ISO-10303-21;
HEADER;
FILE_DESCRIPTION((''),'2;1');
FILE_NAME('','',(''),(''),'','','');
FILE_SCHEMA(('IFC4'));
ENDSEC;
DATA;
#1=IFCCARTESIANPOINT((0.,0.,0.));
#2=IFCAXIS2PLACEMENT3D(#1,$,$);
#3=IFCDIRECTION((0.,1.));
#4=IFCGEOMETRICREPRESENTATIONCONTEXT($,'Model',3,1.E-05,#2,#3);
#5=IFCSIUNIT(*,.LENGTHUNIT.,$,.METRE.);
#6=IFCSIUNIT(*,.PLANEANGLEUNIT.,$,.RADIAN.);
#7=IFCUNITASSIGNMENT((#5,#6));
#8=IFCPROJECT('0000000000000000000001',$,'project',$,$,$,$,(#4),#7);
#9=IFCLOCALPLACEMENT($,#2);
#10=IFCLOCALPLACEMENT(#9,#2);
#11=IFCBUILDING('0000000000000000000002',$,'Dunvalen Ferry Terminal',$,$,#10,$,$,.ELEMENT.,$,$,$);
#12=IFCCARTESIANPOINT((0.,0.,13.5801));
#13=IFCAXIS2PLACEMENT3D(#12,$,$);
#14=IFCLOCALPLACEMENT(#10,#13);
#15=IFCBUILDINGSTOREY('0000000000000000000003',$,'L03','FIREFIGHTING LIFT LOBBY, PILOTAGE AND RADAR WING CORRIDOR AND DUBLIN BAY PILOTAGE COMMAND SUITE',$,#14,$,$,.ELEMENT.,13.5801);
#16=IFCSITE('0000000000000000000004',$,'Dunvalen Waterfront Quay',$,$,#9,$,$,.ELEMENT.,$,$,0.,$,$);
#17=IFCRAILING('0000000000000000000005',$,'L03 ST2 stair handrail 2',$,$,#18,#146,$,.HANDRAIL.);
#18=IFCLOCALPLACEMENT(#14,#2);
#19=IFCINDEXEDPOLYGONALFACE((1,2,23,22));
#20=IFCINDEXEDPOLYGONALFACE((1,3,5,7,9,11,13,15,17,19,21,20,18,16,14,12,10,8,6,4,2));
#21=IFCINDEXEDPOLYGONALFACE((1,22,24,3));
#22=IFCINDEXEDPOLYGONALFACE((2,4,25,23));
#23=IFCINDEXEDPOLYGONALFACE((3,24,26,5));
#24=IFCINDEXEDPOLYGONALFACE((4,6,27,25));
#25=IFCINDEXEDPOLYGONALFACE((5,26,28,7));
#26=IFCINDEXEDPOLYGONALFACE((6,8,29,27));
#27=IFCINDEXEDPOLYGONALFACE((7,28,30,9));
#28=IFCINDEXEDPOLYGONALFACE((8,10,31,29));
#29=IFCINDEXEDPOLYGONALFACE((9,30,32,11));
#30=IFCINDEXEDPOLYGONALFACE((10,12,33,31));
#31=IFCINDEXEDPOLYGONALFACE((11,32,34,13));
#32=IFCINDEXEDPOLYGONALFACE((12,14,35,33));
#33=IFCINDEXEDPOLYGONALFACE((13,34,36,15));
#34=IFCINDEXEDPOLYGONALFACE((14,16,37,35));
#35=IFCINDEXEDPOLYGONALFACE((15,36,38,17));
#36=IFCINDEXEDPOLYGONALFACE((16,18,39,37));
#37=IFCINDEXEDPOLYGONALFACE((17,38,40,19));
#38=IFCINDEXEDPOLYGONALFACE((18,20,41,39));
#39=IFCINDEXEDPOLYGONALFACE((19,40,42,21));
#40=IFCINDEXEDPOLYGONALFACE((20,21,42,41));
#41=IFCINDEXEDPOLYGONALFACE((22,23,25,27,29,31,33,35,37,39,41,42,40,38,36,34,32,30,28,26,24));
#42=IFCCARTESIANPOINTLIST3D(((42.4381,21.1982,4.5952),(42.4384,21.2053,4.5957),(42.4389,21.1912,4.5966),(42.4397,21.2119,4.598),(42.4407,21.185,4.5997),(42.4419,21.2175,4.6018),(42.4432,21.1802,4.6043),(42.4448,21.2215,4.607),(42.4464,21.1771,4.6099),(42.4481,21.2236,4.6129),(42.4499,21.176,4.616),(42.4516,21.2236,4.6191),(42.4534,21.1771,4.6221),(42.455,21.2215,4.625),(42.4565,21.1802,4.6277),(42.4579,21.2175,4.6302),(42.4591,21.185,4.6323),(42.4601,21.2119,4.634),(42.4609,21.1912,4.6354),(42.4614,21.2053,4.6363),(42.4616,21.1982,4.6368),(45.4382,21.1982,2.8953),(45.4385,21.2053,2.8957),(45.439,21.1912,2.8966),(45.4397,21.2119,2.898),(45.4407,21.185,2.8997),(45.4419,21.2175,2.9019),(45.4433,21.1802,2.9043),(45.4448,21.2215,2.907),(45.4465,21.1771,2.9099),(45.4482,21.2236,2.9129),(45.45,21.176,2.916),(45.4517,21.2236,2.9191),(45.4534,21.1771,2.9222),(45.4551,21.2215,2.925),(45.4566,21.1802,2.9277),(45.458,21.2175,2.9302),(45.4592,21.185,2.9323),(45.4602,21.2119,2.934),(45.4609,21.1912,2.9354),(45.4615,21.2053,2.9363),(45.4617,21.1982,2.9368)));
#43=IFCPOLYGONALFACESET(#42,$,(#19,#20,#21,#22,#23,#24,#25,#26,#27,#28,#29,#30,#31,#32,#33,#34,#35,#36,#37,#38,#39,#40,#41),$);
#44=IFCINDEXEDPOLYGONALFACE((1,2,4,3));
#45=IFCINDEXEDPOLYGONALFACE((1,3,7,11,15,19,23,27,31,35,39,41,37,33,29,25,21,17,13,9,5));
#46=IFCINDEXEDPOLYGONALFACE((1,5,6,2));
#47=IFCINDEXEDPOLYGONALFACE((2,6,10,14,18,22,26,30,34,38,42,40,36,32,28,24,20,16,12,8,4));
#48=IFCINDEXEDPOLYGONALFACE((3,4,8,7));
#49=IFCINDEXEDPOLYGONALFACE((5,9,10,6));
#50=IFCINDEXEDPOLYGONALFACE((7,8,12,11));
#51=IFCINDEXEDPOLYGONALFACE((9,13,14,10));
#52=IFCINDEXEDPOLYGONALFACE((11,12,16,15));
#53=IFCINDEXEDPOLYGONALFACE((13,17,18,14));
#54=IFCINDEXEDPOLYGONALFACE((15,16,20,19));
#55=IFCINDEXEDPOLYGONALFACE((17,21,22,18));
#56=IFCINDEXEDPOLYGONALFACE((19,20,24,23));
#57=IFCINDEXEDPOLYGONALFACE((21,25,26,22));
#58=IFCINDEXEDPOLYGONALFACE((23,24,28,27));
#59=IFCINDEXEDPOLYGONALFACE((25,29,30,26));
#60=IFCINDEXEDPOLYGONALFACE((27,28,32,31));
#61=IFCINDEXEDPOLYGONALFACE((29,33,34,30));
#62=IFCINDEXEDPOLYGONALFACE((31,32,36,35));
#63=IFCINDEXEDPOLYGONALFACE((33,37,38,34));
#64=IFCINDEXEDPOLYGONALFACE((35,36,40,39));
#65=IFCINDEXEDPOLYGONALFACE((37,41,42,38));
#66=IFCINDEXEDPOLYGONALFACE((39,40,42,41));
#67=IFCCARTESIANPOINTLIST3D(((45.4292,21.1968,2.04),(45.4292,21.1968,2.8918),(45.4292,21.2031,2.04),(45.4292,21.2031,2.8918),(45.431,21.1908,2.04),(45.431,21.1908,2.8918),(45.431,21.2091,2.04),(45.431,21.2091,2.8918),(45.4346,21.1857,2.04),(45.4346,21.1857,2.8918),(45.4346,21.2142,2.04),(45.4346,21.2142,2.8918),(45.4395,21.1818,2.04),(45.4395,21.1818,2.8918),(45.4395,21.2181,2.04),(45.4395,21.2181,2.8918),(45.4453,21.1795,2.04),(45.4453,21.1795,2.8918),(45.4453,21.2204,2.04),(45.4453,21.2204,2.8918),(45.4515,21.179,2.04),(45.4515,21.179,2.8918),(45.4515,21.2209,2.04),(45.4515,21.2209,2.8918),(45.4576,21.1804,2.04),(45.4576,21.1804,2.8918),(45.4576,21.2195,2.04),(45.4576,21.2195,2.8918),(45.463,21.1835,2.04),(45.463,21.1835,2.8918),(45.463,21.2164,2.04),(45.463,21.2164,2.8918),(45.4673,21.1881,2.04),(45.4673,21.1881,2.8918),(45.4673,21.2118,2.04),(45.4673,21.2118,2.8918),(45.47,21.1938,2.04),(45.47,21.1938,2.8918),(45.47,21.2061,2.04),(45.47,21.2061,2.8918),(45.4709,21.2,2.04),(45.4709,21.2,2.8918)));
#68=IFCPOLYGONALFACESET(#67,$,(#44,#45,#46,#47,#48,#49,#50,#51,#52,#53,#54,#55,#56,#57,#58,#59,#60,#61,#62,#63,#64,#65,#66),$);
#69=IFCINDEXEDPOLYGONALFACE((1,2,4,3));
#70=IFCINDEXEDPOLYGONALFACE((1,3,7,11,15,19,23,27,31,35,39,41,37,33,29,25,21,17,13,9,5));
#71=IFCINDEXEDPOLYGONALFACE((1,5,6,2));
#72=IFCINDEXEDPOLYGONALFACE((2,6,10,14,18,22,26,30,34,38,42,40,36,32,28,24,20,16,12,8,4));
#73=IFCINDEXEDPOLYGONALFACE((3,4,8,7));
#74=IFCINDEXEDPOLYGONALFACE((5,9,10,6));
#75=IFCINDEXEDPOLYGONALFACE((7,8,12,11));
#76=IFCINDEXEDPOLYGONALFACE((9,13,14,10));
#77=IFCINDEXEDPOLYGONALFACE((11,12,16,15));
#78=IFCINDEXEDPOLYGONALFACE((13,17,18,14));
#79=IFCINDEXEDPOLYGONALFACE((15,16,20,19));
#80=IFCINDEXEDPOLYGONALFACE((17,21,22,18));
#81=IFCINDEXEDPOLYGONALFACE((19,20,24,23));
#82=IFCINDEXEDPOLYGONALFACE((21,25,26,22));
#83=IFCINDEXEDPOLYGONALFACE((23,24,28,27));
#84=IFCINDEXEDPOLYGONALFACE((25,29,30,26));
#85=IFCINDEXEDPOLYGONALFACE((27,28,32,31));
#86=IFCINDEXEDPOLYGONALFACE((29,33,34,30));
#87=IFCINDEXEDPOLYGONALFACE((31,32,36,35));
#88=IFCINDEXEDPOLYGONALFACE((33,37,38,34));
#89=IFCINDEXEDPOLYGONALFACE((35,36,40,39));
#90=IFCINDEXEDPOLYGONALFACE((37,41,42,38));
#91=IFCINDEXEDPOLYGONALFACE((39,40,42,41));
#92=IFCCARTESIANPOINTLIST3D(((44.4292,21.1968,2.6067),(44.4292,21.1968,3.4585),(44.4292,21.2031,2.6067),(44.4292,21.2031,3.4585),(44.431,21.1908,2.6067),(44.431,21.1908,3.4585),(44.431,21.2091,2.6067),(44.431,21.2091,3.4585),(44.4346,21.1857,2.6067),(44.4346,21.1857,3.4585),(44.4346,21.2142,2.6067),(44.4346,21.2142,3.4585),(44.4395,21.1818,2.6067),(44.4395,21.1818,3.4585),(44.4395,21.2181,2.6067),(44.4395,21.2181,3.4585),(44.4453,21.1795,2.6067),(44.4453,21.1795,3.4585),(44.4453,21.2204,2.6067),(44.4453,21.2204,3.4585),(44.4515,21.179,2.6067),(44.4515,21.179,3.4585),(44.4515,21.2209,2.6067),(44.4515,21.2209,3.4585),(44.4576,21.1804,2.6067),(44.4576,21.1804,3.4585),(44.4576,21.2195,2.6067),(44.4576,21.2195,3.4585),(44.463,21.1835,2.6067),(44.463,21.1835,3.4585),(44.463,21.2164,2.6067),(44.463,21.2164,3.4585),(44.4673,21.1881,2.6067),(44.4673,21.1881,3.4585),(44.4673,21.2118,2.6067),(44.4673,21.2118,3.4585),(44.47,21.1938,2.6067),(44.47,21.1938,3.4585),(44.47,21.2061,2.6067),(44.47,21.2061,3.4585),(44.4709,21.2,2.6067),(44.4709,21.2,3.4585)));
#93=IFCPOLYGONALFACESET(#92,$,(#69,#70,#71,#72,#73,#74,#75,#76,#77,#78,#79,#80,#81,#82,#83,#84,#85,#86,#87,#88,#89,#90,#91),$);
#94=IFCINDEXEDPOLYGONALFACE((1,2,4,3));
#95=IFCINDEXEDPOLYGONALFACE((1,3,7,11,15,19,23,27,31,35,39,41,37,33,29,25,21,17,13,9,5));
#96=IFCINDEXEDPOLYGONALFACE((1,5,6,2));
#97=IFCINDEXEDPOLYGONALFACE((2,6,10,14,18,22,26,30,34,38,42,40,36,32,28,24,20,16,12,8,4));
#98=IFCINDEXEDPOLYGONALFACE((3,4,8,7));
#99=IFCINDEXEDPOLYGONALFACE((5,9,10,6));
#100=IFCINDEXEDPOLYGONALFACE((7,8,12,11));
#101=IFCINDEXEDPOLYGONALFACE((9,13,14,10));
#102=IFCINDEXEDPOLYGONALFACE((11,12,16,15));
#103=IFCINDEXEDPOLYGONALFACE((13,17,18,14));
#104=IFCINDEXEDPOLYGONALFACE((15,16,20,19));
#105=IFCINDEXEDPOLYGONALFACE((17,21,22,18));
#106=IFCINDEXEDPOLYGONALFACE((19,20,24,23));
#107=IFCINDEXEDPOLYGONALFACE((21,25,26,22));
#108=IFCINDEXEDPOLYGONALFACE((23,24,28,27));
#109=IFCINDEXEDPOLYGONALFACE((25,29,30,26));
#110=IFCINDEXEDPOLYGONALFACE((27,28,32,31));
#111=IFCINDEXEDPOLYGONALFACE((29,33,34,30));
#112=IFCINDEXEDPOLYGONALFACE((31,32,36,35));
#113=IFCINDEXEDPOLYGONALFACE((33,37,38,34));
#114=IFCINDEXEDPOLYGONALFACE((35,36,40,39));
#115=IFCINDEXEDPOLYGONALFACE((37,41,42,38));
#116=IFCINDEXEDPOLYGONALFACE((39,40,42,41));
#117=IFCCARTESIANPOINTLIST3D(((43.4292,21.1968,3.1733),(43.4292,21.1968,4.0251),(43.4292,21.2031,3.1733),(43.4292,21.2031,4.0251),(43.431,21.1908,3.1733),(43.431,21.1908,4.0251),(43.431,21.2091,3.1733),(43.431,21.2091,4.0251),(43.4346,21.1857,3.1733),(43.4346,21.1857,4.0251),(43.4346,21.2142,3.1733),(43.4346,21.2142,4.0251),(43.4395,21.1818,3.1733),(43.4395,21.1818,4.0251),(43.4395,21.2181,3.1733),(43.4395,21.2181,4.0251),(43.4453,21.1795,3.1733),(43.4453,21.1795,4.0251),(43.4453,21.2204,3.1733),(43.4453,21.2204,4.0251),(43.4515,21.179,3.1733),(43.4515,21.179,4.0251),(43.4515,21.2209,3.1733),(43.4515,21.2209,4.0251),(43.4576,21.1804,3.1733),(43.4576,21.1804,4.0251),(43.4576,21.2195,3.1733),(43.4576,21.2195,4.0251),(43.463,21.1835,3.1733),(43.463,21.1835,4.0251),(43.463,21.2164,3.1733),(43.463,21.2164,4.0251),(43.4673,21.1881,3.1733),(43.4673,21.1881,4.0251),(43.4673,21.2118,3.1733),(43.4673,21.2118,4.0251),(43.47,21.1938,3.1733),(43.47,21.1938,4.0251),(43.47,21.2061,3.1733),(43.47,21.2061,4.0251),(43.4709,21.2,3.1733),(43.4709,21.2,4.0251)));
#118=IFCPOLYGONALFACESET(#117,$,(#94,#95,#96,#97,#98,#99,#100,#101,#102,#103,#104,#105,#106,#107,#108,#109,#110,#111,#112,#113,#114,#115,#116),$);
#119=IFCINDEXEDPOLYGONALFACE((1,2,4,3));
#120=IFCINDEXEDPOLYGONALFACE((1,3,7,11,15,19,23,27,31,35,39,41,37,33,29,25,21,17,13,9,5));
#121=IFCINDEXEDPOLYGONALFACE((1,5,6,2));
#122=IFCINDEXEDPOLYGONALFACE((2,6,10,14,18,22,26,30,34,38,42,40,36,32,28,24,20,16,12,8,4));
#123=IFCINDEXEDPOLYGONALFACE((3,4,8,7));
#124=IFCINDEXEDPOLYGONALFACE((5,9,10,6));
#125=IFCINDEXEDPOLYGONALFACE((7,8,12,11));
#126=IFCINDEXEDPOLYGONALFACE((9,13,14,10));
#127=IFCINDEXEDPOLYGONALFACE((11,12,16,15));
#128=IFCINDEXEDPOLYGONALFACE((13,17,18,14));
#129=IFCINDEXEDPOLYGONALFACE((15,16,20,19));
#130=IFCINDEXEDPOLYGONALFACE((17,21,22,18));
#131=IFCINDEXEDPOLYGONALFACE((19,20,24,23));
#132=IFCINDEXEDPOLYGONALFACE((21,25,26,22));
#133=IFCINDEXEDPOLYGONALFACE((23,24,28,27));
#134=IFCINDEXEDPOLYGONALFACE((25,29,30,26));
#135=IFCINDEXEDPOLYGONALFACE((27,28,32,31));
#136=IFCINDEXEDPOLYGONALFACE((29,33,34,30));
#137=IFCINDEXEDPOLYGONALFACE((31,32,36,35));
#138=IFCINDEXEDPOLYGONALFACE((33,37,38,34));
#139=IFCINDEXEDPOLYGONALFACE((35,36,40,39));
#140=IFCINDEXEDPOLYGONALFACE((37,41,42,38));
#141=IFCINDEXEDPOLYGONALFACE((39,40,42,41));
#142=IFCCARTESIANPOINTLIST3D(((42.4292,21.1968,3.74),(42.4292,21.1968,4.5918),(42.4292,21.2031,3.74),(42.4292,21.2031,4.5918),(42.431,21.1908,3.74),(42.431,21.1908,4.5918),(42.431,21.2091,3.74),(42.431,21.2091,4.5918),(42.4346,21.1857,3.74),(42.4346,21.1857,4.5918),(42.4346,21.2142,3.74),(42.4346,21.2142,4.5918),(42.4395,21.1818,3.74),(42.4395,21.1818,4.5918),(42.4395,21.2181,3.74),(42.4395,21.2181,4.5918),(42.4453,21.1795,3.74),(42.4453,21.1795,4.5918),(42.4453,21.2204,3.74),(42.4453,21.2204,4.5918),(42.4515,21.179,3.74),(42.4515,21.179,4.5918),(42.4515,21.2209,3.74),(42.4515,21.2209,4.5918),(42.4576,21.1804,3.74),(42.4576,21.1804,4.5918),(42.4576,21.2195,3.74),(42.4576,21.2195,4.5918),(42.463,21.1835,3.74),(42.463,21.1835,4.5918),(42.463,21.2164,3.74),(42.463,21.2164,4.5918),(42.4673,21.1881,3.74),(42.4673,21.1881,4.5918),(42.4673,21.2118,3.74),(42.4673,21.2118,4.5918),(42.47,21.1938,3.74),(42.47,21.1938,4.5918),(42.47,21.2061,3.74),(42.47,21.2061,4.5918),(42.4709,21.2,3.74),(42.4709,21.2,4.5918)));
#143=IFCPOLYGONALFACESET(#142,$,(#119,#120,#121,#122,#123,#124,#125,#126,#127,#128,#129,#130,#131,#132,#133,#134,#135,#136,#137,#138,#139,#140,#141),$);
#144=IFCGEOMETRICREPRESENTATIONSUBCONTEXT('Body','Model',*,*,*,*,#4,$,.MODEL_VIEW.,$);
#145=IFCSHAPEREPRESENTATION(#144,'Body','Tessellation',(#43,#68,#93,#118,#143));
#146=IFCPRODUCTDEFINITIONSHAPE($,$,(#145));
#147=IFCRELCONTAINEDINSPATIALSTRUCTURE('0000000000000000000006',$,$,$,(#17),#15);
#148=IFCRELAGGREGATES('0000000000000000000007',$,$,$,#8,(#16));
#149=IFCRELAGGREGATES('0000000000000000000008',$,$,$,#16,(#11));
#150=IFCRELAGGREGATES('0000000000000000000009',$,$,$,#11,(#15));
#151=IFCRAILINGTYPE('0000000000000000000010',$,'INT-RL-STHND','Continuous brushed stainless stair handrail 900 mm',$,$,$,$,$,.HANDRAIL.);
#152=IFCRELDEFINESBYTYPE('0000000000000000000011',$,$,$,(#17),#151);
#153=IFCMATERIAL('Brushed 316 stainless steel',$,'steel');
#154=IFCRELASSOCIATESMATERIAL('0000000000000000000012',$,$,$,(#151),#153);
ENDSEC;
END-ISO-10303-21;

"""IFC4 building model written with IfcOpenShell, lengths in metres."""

from ifc_helpers import new_model, si_unit, direction, frame, origin, origin_2d, place, context, subcontext, project, spatial, circle, extrude, material, type_object, element, save


model = new_model("IFC4")

# Units and contexts
model_context = context("Model", 3, precision=1e-05, world=origin(), true_north=direction((0.0, 1.0)))
body_context = subcontext(model_context, "Body", "Model", "MODEL_VIEW")
ifc_project = project(units=[si_unit("LENGTHUNIT", "METRE"), si_unit("PLANEANGLEUNIT", "RADIAN")], contexts=[model_context])

# Site, building, storey
site_placement = place(None, origin())
site = spatial("IfcSite", under=ifc_project, at=site_placement, Name="Dunvalen Waterfront Quay", CompositionType="ELEMENT", RefElevation=0.0)
building_placement = place(site_placement, origin())
building = spatial("IfcBuilding", under=site, at=building_placement, Name="Dunvalen Ferry Terminal", CompositionType="ELEMENT")
storey_placement = place(building_placement, frame((0.0, 0.0, 13.5801)))
storey = spatial("IfcBuildingStorey", under=building, at=storey_placement, Name="L03", Description="FIREFIGHTING LIFT LOBBY, PILOTAGE AND RADAR WING CORRIDOR AND DUBLIN BAY PILOTAGE COMMAND SUITE", CompositionType="ELEMENT", Elevation=13.5801)

# Shared definitions
ifc_material_1 = material(Name="Brushed 316 stainless steel", Category="steel")

# Railing
railing_type_1 = type_object("IfcRailingType", Name="INT-RL-STHND", Description="Continuous brushed stainless stair handrail 900 mm", PredefinedType="HANDRAIL", material=ifc_material_1)
railing_1_placement = place(storey_placement, frame((45.45, 21.2, 2.04)))
element("IfcRailing", 1, at=railing_1_placement, inside=storey, type_object=railing_type_1, Name="L03 ST2 stair handrail 2", PredefinedType="HANDRAIL", context=body_context, shape_type="SweptSolid", body=[
    extrude(circle(Radius=0.0239, at=origin_2d()), frame((0.0, 0.0, 0.876), z_axis=(-0.870028, 0.0, 0.493002), x_axis=(0.0, -1.0, 0.0)), (0.0, 0.0, 1.0), 3.4482),
    extrude(circle(Radius=0.021, at=origin_2d()), origin(), (0.0, 0.0, 1.0), 0.8518),
    extrude(circle(Radius=0.021, at=origin_2d()), frame((-1.0, 0.0, 0.5667)), (0.0, 0.0, 1.0), 0.8518),
    extrude(circle(Radius=0.021, at=origin_2d()), frame((-2.0, 0.0, 1.1333)), (0.0, 0.0, 1.0), 0.8518),
    extrude(circle(Radius=0.021, at=origin_2d()), frame((-3.0, 0.0, 1.7)), (0.0, 0.0, 1.0), 0.8518),
])

save(model, "model.ifc")
